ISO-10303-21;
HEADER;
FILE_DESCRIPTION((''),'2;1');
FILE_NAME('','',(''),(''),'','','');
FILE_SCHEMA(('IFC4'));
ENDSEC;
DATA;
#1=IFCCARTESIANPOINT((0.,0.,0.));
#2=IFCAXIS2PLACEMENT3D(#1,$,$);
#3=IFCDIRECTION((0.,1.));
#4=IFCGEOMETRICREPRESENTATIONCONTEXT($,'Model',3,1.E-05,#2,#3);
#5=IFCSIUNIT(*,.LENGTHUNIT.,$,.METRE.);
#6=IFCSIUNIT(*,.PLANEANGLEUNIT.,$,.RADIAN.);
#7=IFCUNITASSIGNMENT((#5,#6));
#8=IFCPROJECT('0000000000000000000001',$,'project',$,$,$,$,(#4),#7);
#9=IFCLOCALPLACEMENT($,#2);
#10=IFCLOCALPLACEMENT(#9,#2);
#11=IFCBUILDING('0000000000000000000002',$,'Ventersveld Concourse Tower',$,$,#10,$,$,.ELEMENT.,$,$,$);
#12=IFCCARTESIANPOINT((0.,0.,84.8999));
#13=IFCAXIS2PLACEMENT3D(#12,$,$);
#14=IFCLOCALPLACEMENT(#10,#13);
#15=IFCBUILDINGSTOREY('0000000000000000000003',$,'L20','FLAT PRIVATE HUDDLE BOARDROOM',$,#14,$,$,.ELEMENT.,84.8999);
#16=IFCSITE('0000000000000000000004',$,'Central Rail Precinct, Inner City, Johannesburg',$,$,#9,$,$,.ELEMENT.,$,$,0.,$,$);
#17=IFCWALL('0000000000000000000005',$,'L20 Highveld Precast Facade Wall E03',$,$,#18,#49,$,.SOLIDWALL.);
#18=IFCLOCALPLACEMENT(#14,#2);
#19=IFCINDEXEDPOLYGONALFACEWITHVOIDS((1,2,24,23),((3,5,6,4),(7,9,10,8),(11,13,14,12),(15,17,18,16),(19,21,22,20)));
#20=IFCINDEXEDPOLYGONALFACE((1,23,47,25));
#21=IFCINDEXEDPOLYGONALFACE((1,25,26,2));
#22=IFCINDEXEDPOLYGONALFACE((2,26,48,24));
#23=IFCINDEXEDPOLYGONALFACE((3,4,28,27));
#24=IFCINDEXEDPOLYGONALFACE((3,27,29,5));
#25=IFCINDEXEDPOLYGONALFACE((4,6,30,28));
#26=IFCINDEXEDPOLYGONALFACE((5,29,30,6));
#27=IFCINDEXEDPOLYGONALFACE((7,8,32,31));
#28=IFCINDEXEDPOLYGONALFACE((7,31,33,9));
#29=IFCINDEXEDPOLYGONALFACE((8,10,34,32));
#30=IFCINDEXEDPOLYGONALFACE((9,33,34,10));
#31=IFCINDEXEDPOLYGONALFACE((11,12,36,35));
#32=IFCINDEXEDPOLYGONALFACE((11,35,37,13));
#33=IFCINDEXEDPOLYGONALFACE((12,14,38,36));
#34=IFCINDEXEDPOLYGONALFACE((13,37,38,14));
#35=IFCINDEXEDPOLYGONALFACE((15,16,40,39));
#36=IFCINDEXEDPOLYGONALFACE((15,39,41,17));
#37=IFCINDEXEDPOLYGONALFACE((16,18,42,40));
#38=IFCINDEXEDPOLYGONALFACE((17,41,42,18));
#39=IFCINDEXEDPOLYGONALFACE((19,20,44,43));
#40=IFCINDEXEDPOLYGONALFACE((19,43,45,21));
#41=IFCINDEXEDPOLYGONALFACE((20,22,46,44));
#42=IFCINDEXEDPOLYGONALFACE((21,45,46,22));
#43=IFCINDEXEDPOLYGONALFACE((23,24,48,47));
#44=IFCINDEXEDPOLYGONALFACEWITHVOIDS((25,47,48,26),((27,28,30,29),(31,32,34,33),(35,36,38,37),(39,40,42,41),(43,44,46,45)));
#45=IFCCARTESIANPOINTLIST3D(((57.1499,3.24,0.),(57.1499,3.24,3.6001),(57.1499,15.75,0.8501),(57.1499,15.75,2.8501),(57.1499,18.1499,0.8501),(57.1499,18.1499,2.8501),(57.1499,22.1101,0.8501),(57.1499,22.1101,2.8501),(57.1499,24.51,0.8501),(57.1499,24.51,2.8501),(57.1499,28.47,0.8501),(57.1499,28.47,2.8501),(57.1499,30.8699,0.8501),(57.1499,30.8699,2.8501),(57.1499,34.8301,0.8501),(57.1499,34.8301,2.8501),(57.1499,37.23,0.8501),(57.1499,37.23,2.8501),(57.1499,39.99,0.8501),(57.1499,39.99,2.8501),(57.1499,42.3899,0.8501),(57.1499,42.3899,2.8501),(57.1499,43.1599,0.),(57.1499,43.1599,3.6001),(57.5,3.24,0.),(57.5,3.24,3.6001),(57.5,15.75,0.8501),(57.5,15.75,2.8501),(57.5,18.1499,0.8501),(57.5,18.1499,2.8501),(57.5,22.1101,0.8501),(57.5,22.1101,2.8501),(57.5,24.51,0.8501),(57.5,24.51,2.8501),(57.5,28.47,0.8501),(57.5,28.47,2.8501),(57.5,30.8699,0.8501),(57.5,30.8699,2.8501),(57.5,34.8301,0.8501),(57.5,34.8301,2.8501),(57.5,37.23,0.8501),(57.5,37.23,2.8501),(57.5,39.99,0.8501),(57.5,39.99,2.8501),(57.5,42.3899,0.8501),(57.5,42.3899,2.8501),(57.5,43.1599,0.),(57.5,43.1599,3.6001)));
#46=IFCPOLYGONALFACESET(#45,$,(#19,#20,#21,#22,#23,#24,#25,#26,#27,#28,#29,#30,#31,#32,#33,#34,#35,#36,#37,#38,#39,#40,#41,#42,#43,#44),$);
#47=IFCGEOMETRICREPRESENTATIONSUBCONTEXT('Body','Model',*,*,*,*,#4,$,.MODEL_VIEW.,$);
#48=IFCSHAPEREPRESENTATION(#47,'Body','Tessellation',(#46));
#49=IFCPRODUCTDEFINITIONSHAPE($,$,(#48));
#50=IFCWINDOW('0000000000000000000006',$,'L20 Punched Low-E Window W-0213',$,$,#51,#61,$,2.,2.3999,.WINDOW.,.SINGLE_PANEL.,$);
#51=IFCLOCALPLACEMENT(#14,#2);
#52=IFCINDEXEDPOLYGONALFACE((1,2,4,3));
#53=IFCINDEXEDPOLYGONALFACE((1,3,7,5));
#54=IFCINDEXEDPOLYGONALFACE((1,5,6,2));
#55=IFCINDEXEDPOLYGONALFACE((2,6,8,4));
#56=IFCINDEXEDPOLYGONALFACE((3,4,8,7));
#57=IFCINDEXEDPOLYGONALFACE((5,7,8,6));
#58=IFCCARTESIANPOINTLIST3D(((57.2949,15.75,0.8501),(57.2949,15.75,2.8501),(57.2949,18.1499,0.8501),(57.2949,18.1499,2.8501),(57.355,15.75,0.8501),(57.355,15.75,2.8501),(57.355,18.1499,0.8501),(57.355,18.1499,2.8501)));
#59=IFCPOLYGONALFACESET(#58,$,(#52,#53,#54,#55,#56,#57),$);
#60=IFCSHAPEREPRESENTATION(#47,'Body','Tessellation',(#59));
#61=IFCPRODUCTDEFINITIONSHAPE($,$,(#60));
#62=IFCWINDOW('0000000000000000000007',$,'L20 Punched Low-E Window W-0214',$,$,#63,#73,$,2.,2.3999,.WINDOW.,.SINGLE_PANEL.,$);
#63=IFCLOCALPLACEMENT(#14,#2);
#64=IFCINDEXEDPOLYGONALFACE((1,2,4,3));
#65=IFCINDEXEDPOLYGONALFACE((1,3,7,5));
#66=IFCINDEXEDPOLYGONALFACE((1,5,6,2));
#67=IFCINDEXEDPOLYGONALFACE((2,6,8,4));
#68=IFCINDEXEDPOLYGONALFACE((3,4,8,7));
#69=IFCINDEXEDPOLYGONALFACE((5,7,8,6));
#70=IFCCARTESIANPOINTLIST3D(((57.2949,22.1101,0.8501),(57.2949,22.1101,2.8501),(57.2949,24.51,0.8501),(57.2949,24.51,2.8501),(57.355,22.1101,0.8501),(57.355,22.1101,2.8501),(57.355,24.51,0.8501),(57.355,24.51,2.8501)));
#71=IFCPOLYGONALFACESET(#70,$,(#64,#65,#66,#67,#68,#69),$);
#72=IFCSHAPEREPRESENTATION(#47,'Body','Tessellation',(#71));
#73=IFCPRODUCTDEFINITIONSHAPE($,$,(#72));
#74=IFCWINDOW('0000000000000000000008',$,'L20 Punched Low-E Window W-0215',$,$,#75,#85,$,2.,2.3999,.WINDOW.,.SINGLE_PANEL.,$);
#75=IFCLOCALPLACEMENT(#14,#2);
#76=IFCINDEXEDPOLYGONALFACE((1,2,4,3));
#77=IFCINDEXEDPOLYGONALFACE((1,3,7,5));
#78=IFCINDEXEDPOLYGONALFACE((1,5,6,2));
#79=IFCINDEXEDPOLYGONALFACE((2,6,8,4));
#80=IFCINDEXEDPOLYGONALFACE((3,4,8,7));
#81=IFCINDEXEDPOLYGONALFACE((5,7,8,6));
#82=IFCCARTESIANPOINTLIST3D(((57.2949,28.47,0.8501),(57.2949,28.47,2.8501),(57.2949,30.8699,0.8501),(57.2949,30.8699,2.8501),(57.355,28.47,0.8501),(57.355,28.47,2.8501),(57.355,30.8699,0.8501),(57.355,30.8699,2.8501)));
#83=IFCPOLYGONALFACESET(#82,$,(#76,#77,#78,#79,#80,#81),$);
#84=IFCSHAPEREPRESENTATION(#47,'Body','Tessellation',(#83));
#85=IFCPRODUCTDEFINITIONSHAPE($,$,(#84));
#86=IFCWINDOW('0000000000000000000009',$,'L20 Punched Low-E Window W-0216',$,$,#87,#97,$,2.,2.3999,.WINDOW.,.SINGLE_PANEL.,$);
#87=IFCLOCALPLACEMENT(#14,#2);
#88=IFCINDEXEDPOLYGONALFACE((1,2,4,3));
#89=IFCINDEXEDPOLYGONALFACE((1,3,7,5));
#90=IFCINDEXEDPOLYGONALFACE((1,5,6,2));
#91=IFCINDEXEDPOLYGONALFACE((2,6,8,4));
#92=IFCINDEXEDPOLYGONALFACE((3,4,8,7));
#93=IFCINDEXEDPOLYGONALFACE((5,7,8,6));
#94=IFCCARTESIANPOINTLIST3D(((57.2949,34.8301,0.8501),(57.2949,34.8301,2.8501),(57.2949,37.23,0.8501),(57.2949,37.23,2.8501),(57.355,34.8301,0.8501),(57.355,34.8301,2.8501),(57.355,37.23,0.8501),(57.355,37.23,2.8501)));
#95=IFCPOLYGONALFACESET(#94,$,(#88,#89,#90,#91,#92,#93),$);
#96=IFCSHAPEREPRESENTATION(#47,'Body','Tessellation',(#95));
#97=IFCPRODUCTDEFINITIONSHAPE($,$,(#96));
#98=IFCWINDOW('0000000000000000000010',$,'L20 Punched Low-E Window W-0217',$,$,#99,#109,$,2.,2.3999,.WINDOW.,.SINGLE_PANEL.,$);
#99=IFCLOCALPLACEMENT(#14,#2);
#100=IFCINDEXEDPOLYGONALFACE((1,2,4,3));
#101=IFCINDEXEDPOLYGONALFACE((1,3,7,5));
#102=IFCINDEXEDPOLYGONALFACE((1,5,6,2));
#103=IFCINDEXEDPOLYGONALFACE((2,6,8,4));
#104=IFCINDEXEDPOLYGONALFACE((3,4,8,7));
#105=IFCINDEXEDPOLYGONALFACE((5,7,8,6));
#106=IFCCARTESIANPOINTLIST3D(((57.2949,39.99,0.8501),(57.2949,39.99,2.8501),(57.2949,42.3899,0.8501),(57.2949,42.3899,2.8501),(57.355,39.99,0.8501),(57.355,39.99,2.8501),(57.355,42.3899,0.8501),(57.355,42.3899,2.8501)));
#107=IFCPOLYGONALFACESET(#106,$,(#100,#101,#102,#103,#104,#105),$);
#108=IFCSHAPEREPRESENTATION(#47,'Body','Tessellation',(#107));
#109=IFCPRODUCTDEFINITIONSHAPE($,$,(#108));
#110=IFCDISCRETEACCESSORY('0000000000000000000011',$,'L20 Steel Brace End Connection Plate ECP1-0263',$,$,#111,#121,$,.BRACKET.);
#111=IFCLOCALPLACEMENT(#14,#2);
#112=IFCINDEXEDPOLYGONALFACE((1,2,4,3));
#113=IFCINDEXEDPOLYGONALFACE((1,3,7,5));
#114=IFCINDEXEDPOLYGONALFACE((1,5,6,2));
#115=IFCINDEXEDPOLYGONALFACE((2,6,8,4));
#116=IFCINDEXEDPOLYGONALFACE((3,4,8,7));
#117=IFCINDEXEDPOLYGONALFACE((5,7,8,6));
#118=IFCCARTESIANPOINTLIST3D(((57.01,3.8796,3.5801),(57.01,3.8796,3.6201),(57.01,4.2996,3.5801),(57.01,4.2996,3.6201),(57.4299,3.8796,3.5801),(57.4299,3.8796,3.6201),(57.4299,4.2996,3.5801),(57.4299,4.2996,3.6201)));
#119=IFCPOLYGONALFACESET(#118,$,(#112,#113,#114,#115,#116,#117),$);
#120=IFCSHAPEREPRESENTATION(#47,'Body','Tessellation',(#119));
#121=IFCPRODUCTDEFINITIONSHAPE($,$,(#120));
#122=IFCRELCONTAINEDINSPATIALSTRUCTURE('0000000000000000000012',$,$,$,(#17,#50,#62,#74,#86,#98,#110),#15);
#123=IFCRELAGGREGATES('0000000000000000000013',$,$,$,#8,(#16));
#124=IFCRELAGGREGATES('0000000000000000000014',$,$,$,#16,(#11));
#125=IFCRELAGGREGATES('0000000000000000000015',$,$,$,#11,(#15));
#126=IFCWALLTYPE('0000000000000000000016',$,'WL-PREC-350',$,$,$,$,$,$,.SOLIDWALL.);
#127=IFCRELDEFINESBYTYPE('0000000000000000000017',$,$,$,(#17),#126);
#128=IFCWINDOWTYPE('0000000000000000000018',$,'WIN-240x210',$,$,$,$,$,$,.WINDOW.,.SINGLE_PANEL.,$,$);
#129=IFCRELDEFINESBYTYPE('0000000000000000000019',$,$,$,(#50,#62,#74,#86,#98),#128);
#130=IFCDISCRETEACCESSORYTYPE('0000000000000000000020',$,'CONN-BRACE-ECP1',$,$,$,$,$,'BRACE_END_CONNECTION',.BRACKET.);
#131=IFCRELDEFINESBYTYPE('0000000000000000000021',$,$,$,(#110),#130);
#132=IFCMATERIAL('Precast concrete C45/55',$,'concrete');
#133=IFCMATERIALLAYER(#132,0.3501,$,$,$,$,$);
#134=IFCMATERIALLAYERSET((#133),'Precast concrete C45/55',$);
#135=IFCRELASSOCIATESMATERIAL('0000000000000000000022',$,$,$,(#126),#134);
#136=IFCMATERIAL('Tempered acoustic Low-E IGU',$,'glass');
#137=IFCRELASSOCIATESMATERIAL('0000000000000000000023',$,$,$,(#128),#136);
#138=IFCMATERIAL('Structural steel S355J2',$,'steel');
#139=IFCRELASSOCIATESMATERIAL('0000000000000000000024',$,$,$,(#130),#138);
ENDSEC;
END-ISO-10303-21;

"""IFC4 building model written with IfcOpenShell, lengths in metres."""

from ifc_helpers import new_model, si_unit, direction, frame, frame_2d, origin, origin_2d, place, context, subcontext, project, spatial, rectangle, extrude, material, layer, layer_set, type_object, element, fill, save


model = new_model("IFC4")

# Units and contexts
model_context = context("Model", 3, precision=1e-05, world=origin(), true_north=direction((0.0, 1.0)))
body_context = subcontext(model_context, "Body", "Model", "MODEL_VIEW")
ifc_project = project(units=[si_unit("LENGTHUNIT", "METRE"), si_unit("PLANEANGLEUNIT", "RADIAN")], contexts=[model_context])

# Site, building, storey
site_placement = place(None, origin())
site = spatial("IfcSite", under=ifc_project, at=site_placement, Name="Central Rail Precinct, Inner City, Johannesburg", CompositionType="ELEMENT", RefElevation=0.0)
building_placement = place(site_placement, origin())
building = spatial("IfcBuilding", under=site, at=building_placement, Name="Ventersveld Concourse Tower", CompositionType="ELEMENT")
storey_placement = place(building_placement, frame((0.0, 0.0, 84.8999)))
storey = spatial("IfcBuildingStorey", under=building, at=storey_placement, Name="L20", Description="FLAT PRIVATE HUDDLE BOARDROOM", CompositionType="ELEMENT", Elevation=84.8999)

# Shared definitions
ifc_material_1 = material(Name="Structural steel S355J2", Category="steel")

# Shared definitions
ifc_material_2 = material(Name="Precast concrete C45/55", Category="concrete")
ifc_layer_1 = layer(ifc_material_2, 0.3501)
ifc_layer_set_1 = layer_set([ifc_layer_1], Name="Precast concrete C45/55")
wall_type_1 = type_object("IfcWallType", Name="WL-PREC-350", PredefinedType="SOLIDWALL", material=ifc_layer_set_1)
ifc_material_3 = material(Name="Tempered acoustic Low-E IGU", Category="glass")

# Wall, openings, windows
wall_1_placement = place(storey_placement, frame((57.325, 3.24, 0.0), z_axis=(0.0, 0.0, 1.0), x_axis=(0.0, 1.0, 0.0)))
wall_1 = element("IfcWall", 1, at=wall_1_placement, inside=storey, type_object=wall_type_1, Name="L20 Highveld Precast Facade Wall E03", PredefinedType="SOLIDWALL", context=body_context, shape_type="SweptSolid", body=[
    extrude(rectangle(XDim=39.9199, YDim=0.3501, at=frame_2d((19.96, 0.0))), origin(), (0.0, 0.0, 1.0), 3.6001),
])
opening_1_placement = place(wall_1_placement, frame((12.51, 0.0, 0.8501)))
opening_1 = element("IfcOpeningElement", 2, at=opening_1_placement, cuts=wall_1, PredefinedType="OPENING", context=body_context, shape_type="SweptSolid", body=[
    extrude(rectangle(XDim=2.3999, YDim=2.0, at=frame_2d((1.2, 1.0))), frame((0.0, 0.1851, 0.0), z_axis=(0.0, -1.0, 0.0), x_axis=(1.0, 0.0, 0.0)), (0.0, 0.0, 1.0), 0.3701),
])
opening_2_placement = place(wall_1_placement, frame((18.8701, 0.0, 0.8501)))
opening_2 = element("IfcOpeningElement", 3, at=opening_2_placement, cuts=wall_1, PredefinedType="OPENING", context=body_context, shape_type="SweptSolid", body=[
    extrude(rectangle(XDim=2.3999, YDim=2.0, at=frame_2d((1.2, 1.0))), frame((0.0, 0.1851, 0.0), z_axis=(0.0, -1.0, 0.0), x_axis=(1.0, 0.0, 0.0)), (0.0, 0.0, 1.0), 0.3701),
])
opening_3_placement = place(wall_1_placement, frame((25.23, 0.0, 0.8501)))
opening_3 = element("IfcOpeningElement", 4, at=opening_3_placement, cuts=wall_1, PredefinedType="OPENING", context=body_context, shape_type="SweptSolid", body=[
    extrude(rectangle(XDim=2.3999, YDim=2.0, at=frame_2d((1.2, 1.0))), frame((0.0, 0.1851, 0.0), z_axis=(0.0, -1.0, 0.0), x_axis=(1.0, 0.0, 0.0)), (0.0, 0.0, 1.0), 0.3701),
])
opening_4_placement = place(wall_1_placement, frame((31.5901, 0.0, 0.8501)))
opening_4 = element("IfcOpeningElement", 5, at=opening_4_placement, cuts=wall_1, PredefinedType="OPENING", context=body_context, shape_type="SweptSolid", body=[
    extrude(rectangle(XDim=2.3999, YDim=2.0, at=frame_2d((1.2, 1.0))), frame((0.0, 0.1851, 0.0), z_axis=(0.0, -1.0, 0.0), x_axis=(1.0, 0.0, 0.0)), (0.0, 0.0, 1.0), 0.3701),
])
opening_5_placement = place(wall_1_placement, frame((36.75, 0.0, 0.8501)))
opening_5 = element("IfcOpeningElement", 6, at=opening_5_placement, cuts=wall_1, PredefinedType="OPENING", context=body_context, shape_type="SweptSolid", body=[
    extrude(rectangle(XDim=2.3999, YDim=2.0, at=frame_2d((1.2, 1.0))), frame((0.0, 0.1851, 0.0), z_axis=(0.0, -1.0, 0.0), x_axis=(1.0, 0.0, 0.0)), (0.0, 0.0, 1.0), 0.3701),
])
window_type_1 = type_object("IfcWindowType", Name="WIN-240x210", PartitioningType="SINGLE_PANEL", PredefinedType="WINDOW", material=ifc_material_3)
window_1_placement = place(opening_1_placement, origin())
window_1 = element("IfcWindow", 7, at=window_1_placement, inside=storey, type_object=window_type_1, Name="L20 Punched Low-E Window W-0213", OverallHeight=2.0, OverallWidth=2.3999, PartitioningType="SINGLE_PANEL", PredefinedType="WINDOW", context=body_context, shape_type="SweptSolid", body=[
    extrude(rectangle(XDim=2.3999, YDim=2.0, at=frame_2d((1.2, 1.0))), frame((0.0, 0.03, 0.0), z_axis=(0.0, -1.0, 0.0), x_axis=(1.0, 0.0, 0.0)), (0.0, 0.0, 1.0), 0.0601),
])
fill(opening_1, window_1)
window_2_placement = place(opening_2_placement, origin())
window_2 = element("IfcWindow", 8, at=window_2_placement, inside=storey, type_object=window_type_1, Name="L20 Punched Low-E Window W-0214", OverallHeight=2.0, OverallWidth=2.3999, PartitioningType="SINGLE_PANEL", PredefinedType="WINDOW", context=body_context, shape_type="SweptSolid", body=[
    extrude(rectangle(XDim=2.3999, YDim=2.0, at=frame_2d((1.2, 1.0))), frame((0.0, 0.03, 0.0), z_axis=(0.0, -1.0, 0.0), x_axis=(1.0, 0.0, 0.0)), (0.0, 0.0, 1.0), 0.0601),
])
fill(opening_2, window_2)
window_3_placement = place(opening_3_placement, origin())
window_3 = element("IfcWindow", 9, at=window_3_placement, inside=storey, type_object=window_type_1, Name="L20 Punched Low-E Window W-0215", OverallHeight=2.0, OverallWidth=2.3999, PartitioningType="SINGLE_PANEL", PredefinedType="WINDOW", context=body_context, shape_type="SweptSolid", body=[
    extrude(rectangle(XDim=2.3999, YDim=2.0, at=frame_2d((1.2, 1.0))), frame((0.0, 0.03, 0.0), z_axis=(0.0, -1.0, 0.0), x_axis=(1.0, 0.0, 0.0)), (0.0, 0.0, 1.0), 0.0601),
])
fill(opening_3, window_3)
window_4_placement = place(opening_4_placement, origin())
window_4 = element("IfcWindow", 10, at=window_4_placement, inside=storey, type_object=window_type_1, Name="L20 Punched Low-E Window W-0216", OverallHeight=2.0, OverallWidth=2.3999, PartitioningType="SINGLE_PANEL", PredefinedType="WINDOW", context=body_context, shape_type="SweptSolid", body=[
    extrude(rectangle(XDim=2.3999, YDim=2.0, at=frame_2d((1.2, 1.0))), frame((0.0, 0.03, 0.0), z_axis=(0.0, -1.0, 0.0), x_axis=(1.0, 0.0, 0.0)), (0.0, 0.0, 1.0), 0.0601),
])
fill(opening_4, window_4)
window_5_placement = place(opening_5_placement, origin())
window_5 = element("IfcWindow", 11, at=window_5_placement, inside=storey, type_object=window_type_1, Name="L20 Punched Low-E Window W-0217", OverallHeight=2.0, OverallWidth=2.3999, PartitioningType="SINGLE_PANEL", PredefinedType="WINDOW", context=body_context, shape_type="SweptSolid", body=[
    extrude(rectangle(XDim=2.3999, YDim=2.0, at=frame_2d((1.2, 1.0))), frame((0.0, 0.03, 0.0), z_axis=(0.0, -1.0, 0.0), x_axis=(1.0, 0.0, 0.0)), (0.0, 0.0, 1.0), 0.0601),
])
fill(opening_5, window_5)

# Discrete accessory
discrete_accessory_type = type_object("IfcDiscreteAccessoryType", Name="CONN-BRACE-ECP1", ElementType="BRACE_END_CONNECTION", PredefinedType="BRACKET", material=ifc_material_1)
discrete_accessory_placement = place(storey_placement, frame((57.22, 4.0896, 3.5801), z_axis=(0.0, 0.0, 1.0), x_axis=(1.0, 0.0, 0.0)))
element("IfcDiscreteAccessory", 12, at=discrete_accessory_placement, inside=storey, type_object=discrete_accessory_type, Name="L20 Steel Brace End Connection Plate ECP1-0263", PredefinedType="BRACKET", context=body_context, shape_type="SweptSolid", body=[
    extrude(rectangle(XDim=0.4199, YDim=0.4199, at=origin_2d()), origin(), (0.0, 0.0, 1.0), 0.04),
])

save(model, "model.ifc")
